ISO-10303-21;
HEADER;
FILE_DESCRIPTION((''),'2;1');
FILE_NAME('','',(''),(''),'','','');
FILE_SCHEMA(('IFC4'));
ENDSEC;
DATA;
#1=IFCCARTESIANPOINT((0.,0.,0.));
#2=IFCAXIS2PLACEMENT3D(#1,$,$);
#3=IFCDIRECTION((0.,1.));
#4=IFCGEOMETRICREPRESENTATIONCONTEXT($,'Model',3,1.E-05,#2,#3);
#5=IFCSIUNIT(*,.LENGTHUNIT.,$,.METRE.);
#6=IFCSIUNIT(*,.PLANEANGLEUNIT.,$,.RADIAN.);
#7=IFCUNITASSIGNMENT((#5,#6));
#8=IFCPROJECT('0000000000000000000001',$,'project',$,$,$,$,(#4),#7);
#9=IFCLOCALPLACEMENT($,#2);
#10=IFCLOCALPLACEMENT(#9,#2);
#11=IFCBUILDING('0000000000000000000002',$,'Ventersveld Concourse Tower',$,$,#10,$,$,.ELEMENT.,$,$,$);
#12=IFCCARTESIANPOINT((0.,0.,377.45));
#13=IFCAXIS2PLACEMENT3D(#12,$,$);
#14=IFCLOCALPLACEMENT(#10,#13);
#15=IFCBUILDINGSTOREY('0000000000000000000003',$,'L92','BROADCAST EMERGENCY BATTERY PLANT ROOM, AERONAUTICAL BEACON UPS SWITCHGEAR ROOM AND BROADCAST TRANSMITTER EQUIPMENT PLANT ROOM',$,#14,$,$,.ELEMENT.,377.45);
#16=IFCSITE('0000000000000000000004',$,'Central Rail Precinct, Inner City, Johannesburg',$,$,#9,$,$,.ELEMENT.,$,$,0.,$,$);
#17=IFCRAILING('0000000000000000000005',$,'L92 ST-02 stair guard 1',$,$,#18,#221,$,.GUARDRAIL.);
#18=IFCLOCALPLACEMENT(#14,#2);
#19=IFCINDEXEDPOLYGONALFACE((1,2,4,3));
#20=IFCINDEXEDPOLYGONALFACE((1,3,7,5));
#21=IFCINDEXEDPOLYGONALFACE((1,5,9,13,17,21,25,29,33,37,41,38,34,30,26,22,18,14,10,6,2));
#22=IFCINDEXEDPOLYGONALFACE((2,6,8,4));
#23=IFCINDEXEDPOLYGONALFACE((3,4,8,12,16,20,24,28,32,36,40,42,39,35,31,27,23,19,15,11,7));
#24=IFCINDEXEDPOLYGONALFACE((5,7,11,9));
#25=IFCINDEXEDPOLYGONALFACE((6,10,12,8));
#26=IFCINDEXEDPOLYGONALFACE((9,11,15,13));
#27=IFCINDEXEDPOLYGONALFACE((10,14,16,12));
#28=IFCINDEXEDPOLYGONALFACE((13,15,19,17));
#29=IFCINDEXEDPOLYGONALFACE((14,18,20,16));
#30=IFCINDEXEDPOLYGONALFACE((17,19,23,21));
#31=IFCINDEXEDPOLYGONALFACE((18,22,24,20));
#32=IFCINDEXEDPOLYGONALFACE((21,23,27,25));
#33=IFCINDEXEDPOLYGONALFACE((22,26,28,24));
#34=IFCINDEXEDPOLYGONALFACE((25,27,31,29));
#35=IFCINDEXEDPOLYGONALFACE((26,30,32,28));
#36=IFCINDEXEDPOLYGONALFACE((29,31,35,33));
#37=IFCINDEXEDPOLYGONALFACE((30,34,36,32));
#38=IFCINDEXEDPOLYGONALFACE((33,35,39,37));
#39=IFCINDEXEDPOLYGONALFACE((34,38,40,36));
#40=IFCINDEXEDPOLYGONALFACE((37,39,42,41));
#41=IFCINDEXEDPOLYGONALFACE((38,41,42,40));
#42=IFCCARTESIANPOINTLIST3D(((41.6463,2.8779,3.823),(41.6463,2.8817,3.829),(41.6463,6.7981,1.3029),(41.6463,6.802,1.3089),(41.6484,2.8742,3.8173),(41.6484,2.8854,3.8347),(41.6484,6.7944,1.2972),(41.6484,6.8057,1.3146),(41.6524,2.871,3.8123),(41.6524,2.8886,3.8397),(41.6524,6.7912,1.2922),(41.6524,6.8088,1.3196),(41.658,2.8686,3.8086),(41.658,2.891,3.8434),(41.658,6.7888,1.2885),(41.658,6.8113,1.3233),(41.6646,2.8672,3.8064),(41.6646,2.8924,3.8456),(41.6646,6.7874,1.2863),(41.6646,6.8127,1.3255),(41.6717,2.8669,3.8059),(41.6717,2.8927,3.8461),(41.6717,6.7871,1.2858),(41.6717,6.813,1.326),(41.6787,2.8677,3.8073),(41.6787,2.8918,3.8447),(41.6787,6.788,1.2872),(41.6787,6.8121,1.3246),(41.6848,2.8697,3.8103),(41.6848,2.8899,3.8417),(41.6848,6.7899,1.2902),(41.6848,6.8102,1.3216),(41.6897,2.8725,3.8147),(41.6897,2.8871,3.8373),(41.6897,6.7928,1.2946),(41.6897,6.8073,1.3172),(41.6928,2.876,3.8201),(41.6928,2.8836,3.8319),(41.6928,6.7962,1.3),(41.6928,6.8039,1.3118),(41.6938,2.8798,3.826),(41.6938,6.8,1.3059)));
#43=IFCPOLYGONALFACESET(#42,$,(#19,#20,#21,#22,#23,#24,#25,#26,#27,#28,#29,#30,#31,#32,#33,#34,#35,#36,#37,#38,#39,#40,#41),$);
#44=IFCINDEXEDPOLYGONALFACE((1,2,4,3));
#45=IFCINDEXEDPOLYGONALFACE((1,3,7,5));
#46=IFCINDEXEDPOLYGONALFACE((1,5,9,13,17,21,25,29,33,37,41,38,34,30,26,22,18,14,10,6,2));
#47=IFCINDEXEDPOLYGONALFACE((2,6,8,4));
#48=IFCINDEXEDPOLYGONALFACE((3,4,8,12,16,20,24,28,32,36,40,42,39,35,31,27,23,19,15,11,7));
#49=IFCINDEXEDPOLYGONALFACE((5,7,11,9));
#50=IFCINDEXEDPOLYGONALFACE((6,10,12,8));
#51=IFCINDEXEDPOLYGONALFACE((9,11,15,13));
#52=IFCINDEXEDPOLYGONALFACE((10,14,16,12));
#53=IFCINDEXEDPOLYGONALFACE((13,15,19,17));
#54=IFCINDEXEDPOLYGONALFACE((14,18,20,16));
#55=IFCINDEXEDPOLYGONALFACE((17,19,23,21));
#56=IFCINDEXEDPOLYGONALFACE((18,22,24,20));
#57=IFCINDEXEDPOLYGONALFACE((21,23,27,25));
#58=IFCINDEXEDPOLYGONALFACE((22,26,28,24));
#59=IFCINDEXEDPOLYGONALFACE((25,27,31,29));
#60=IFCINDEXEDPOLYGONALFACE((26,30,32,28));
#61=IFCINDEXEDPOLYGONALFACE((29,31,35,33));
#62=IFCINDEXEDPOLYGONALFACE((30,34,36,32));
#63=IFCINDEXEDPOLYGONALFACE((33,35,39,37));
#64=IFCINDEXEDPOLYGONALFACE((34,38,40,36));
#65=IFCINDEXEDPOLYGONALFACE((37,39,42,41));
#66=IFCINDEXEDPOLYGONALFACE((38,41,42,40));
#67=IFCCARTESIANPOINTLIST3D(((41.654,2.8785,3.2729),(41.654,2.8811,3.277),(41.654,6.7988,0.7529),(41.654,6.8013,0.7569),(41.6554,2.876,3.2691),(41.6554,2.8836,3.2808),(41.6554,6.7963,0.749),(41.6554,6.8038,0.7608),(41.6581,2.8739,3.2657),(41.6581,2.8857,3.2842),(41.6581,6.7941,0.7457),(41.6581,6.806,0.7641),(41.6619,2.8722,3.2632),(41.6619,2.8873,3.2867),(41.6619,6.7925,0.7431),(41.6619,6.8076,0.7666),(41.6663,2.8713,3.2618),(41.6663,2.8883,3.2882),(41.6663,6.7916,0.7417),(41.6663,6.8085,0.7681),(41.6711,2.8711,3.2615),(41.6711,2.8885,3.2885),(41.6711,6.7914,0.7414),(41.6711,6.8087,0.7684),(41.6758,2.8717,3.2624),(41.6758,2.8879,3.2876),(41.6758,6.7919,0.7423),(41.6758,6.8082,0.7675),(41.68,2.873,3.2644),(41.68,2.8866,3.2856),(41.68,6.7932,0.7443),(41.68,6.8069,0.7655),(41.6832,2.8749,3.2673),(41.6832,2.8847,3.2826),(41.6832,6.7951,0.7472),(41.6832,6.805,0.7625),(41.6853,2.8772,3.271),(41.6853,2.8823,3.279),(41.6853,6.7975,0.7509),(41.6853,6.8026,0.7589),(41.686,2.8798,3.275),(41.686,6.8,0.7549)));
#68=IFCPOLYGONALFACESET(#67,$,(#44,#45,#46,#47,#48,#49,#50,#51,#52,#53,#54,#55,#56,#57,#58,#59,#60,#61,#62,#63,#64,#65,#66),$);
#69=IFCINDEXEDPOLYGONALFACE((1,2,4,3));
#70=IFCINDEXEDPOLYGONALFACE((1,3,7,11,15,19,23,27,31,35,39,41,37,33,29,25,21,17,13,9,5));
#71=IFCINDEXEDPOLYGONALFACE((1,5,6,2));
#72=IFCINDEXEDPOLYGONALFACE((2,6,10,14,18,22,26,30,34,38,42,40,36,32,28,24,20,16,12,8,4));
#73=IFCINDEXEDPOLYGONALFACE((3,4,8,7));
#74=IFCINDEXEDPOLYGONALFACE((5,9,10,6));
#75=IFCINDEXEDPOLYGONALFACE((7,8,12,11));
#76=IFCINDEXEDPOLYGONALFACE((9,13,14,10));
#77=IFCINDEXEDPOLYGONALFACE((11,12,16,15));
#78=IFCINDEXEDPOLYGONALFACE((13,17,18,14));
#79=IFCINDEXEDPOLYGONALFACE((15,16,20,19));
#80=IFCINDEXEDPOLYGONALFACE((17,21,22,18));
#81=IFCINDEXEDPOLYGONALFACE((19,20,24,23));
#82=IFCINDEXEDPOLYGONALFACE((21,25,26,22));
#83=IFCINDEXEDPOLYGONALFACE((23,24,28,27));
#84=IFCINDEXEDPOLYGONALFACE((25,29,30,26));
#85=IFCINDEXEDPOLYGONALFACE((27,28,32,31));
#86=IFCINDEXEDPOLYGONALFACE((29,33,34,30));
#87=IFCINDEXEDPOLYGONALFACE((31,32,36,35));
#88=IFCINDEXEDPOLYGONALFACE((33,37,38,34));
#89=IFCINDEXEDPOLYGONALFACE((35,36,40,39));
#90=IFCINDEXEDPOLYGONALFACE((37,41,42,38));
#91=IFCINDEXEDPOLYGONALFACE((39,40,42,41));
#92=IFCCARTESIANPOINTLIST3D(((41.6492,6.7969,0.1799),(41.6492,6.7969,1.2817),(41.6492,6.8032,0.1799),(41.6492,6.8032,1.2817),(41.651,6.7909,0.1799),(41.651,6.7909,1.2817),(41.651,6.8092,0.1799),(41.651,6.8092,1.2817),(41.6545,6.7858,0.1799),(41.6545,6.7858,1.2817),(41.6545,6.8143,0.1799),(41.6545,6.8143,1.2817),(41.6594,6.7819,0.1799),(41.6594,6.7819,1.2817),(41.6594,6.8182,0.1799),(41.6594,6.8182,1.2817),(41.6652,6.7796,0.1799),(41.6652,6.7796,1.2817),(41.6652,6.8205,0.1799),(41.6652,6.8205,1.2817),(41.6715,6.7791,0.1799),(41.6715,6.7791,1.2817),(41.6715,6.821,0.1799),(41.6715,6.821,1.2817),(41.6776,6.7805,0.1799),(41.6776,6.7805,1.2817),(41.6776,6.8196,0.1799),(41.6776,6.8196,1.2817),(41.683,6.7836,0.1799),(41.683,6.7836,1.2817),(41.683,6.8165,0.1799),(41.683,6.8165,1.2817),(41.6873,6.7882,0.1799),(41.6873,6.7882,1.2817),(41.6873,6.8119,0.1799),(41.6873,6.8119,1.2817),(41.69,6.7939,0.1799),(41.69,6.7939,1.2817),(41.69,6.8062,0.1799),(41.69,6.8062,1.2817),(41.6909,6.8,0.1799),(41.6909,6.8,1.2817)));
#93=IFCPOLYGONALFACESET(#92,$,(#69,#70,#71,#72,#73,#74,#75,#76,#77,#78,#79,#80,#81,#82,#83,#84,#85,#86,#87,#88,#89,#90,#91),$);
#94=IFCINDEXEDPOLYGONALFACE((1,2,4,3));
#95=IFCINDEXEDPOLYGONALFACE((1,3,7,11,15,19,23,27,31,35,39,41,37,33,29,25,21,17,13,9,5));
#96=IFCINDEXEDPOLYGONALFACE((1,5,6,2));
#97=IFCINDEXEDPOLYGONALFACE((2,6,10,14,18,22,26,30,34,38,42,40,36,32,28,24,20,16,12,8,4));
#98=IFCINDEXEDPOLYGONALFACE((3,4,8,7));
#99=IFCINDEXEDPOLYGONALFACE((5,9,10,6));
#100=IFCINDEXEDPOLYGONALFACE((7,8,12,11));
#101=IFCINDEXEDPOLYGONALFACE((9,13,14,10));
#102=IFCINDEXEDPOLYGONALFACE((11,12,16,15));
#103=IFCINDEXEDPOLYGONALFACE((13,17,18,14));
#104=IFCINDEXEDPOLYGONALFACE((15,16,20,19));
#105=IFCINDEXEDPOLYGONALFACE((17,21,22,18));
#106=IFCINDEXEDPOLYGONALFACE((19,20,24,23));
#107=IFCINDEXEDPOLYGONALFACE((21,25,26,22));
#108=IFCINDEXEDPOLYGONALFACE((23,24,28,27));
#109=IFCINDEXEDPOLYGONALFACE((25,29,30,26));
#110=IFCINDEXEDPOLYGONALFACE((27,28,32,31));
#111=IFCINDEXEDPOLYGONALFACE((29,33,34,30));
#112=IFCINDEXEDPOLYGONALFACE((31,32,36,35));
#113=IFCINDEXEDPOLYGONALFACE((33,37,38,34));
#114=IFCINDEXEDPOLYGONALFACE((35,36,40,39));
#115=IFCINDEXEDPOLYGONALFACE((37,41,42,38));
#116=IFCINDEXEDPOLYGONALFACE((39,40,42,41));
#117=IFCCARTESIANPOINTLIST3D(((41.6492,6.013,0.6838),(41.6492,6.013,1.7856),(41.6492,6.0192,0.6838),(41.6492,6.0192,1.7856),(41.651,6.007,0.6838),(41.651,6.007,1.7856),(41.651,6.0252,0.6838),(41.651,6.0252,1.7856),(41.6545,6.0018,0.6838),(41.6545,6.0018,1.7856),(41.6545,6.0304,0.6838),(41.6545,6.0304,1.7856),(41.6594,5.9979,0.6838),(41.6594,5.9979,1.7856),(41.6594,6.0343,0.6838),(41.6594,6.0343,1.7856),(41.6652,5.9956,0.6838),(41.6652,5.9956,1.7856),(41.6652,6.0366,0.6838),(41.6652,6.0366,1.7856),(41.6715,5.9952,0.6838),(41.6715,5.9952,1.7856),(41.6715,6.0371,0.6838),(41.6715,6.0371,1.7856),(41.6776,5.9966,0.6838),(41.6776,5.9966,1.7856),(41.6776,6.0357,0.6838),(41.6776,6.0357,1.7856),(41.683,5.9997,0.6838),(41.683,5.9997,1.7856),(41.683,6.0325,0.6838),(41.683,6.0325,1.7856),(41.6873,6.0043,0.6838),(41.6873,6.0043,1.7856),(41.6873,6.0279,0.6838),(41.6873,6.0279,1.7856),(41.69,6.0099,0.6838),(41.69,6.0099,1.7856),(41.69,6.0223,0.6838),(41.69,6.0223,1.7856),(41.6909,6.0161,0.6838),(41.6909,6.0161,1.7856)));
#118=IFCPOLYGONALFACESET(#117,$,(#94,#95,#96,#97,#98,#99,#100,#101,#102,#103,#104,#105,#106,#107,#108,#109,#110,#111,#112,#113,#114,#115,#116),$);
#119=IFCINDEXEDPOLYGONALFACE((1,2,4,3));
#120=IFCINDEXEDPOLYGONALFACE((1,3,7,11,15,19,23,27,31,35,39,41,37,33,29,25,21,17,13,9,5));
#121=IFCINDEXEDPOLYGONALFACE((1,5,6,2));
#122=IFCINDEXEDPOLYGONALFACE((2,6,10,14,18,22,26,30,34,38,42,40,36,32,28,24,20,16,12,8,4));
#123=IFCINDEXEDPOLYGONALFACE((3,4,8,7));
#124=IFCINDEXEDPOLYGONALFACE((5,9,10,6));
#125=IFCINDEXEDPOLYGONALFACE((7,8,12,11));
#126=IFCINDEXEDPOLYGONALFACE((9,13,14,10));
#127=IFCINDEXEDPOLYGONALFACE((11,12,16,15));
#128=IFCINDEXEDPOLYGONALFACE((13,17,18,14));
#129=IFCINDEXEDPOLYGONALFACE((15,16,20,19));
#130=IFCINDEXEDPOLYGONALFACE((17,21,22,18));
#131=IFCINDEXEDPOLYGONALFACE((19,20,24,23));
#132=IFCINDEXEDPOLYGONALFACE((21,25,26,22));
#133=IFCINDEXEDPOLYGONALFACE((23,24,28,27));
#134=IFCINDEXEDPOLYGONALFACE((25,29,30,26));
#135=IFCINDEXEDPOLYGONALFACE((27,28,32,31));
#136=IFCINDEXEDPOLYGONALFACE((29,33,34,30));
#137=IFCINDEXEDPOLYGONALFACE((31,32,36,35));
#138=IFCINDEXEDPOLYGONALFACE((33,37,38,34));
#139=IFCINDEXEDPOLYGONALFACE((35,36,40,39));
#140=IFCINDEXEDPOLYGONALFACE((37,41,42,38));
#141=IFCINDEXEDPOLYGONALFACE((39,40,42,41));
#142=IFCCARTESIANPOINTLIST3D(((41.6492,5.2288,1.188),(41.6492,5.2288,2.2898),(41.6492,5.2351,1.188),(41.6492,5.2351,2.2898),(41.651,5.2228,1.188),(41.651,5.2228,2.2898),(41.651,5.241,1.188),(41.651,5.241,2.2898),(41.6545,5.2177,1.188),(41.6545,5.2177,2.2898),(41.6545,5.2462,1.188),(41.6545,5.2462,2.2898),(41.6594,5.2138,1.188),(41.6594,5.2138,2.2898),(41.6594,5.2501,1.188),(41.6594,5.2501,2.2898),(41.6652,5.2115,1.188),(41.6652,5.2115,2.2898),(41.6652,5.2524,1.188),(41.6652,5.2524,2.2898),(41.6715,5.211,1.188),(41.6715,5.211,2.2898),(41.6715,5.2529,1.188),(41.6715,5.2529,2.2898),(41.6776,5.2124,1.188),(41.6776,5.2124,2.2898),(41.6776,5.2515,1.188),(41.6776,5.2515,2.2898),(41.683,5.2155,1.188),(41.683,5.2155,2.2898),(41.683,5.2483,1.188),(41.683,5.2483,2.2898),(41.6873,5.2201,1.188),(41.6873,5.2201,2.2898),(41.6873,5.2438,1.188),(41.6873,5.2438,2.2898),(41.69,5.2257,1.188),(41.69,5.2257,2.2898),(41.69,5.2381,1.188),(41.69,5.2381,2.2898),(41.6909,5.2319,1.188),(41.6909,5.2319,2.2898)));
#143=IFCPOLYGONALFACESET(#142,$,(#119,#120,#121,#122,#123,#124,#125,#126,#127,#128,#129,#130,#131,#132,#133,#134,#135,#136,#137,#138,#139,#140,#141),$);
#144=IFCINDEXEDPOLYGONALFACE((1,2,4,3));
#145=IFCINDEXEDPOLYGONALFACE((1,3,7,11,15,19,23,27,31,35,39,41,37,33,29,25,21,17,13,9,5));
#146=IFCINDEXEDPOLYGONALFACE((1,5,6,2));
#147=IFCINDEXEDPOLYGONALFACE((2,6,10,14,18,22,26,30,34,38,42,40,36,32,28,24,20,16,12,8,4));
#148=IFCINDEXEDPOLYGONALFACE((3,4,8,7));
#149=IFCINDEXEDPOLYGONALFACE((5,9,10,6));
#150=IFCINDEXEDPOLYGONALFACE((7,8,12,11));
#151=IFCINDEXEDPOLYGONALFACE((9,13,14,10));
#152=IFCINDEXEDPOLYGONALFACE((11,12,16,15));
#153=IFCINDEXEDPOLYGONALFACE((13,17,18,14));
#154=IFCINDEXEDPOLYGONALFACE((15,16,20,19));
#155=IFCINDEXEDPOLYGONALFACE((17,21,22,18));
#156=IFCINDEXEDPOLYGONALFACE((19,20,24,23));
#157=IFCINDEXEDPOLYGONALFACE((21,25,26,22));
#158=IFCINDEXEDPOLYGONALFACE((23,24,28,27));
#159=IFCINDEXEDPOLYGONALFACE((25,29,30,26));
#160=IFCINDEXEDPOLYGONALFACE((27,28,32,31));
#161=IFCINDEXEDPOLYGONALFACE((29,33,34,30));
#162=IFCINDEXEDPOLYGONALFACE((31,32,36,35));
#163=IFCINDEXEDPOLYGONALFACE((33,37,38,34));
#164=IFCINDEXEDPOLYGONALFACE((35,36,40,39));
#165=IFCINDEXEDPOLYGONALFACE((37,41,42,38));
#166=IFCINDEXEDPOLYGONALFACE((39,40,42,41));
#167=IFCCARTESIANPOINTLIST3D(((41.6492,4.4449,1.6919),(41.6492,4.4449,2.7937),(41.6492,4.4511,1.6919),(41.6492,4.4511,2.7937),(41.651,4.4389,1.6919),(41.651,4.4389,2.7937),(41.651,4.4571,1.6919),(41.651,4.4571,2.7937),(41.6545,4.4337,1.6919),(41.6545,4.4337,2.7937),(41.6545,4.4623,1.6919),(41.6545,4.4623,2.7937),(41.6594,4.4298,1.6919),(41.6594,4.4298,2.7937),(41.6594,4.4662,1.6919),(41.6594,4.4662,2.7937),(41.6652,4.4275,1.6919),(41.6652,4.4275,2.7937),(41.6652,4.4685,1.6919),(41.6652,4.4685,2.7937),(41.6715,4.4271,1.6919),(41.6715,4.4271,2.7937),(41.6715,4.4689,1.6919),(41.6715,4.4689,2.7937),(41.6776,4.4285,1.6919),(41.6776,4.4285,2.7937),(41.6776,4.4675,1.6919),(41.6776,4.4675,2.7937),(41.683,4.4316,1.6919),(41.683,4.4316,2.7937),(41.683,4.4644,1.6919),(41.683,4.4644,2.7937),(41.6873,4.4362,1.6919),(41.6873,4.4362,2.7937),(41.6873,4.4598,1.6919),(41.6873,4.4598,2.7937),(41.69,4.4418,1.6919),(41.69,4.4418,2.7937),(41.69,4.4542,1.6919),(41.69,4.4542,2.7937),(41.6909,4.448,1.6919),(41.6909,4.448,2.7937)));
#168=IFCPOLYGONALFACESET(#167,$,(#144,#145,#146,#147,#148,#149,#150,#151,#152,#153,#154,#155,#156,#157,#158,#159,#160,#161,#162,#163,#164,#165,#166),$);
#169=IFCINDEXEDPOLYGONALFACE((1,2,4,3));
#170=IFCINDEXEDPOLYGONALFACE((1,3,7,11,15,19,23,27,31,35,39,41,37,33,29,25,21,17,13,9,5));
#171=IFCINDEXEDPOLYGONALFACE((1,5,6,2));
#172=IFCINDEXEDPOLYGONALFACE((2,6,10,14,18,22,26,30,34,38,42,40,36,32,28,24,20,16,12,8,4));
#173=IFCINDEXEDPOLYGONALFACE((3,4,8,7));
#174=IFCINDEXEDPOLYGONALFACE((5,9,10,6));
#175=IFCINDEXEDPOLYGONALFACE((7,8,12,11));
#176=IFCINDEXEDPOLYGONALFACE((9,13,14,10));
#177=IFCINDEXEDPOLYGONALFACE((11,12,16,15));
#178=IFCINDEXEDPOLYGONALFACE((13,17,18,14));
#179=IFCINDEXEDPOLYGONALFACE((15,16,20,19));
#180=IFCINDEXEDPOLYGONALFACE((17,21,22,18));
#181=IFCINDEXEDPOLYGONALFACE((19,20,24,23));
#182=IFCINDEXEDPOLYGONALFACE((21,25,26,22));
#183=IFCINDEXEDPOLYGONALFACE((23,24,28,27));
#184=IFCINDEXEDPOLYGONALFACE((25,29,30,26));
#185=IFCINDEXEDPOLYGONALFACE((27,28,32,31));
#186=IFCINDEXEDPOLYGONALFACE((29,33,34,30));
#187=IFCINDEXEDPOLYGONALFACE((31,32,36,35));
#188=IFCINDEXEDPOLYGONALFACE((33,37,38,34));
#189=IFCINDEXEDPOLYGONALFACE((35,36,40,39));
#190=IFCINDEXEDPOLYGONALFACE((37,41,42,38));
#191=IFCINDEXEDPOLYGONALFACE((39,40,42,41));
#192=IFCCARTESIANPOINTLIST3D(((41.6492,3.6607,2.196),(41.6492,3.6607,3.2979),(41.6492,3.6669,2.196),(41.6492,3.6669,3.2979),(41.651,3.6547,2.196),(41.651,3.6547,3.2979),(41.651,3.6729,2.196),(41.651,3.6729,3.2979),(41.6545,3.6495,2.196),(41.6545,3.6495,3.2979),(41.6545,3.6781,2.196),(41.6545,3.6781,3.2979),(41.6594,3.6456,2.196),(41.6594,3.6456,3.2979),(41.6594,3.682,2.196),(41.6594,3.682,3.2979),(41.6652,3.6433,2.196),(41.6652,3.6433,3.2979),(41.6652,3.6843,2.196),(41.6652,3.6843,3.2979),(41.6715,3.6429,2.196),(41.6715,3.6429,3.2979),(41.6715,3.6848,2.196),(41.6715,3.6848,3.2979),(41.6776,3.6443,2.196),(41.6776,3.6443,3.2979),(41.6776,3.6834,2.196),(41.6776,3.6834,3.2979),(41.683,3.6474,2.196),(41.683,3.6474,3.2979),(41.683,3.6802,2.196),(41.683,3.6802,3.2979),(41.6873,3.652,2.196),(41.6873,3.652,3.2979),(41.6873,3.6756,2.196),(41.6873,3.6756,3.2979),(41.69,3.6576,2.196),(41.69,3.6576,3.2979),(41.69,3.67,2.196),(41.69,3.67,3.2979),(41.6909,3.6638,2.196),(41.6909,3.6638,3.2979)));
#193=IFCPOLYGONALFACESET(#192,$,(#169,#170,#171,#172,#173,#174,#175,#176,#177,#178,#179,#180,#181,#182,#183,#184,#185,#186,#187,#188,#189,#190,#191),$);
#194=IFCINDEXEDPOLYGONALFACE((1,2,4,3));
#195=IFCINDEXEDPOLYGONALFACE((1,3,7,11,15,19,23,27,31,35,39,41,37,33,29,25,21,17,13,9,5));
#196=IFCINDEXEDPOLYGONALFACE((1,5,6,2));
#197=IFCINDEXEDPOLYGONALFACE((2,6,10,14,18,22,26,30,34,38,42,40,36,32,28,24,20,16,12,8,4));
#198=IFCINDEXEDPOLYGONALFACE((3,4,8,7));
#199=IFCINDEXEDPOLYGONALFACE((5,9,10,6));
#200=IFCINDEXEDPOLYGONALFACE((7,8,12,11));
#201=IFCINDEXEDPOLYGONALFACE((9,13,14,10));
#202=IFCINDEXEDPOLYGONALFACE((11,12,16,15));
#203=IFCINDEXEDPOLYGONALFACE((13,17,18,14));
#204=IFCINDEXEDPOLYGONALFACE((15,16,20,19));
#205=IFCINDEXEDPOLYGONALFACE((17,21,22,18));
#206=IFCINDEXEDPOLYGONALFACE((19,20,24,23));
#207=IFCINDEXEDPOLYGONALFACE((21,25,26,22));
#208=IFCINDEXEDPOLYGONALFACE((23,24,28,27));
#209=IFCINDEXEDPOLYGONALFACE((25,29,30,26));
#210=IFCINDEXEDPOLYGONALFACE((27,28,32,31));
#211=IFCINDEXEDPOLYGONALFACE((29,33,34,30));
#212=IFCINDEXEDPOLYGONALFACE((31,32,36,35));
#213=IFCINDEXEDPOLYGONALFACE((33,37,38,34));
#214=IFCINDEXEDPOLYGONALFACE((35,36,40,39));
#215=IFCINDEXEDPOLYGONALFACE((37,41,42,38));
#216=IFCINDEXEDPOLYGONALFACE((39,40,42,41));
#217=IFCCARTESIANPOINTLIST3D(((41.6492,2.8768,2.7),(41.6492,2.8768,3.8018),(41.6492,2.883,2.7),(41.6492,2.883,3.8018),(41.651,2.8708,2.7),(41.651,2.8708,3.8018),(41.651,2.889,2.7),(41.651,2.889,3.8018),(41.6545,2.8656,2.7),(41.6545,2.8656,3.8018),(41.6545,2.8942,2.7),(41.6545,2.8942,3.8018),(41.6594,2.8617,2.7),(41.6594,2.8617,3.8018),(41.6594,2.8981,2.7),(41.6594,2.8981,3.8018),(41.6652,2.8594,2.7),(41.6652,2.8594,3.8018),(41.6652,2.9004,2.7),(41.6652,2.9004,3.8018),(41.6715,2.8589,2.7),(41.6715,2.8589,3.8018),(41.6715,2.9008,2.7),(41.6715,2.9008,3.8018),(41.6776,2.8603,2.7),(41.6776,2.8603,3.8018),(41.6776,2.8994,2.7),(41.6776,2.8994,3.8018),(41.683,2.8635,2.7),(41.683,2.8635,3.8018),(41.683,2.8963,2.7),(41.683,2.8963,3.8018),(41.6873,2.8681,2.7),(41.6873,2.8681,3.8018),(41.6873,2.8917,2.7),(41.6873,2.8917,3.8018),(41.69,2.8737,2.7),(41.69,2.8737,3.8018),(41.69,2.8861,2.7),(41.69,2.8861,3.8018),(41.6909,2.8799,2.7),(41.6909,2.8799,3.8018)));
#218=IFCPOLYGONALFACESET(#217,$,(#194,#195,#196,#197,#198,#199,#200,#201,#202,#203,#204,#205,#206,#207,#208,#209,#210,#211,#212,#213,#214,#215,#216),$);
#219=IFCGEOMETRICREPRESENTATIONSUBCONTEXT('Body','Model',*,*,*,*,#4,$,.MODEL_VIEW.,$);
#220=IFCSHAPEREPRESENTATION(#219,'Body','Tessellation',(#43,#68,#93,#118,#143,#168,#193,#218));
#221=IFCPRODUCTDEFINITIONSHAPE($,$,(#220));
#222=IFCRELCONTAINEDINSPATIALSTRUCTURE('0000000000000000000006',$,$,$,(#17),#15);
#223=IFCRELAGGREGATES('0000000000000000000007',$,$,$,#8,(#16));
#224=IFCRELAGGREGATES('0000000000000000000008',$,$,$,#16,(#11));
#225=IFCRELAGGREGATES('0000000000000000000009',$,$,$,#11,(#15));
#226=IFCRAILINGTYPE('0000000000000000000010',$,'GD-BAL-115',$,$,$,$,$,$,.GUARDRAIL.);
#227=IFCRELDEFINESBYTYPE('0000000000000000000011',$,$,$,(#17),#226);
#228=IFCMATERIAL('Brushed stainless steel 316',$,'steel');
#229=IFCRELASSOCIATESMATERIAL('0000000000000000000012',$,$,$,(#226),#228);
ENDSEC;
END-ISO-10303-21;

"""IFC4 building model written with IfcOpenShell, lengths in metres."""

from ifc_helpers import new_model, si_unit, direction, frame, origin, origin_2d, place, context, subcontext, project, spatial, circle, extrude, material, type_object, element, save


model = new_model("IFC4")

# Units and contexts
model_context = context("Model", 3, precision=1e-05, world=origin(), true_north=direction((0.0, 1.0)))
body_context = subcontext(model_context, "Body", "Model", "MODEL_VIEW")
ifc_project = project(units=[si_unit("LENGTHUNIT", "METRE"), si_unit("PLANEANGLEUNIT", "RADIAN")], contexts=[model_context])

# Site, building, storey
site_placement = place(None, origin())
site = spatial("IfcSite", under=ifc_project, at=site_placement, Name="Central Rail Precinct, Inner City, Johannesburg", CompositionType="ELEMENT", RefElevation=0.0)
building_placement = place(site_placement, origin())
building = spatial("IfcBuilding", under=site, at=building_placement, Name="Ventersveld Concourse Tower", CompositionType="ELEMENT")
storey_placement = place(building_placement, frame((0.0, 0.0, 377.45)))
storey = spatial("IfcBuildingStorey", under=building, at=storey_placement, Name="L92", Description="BROADCAST EMERGENCY BATTERY PLANT ROOM, AERONAUTICAL BEACON UPS SWITCHGEAR ROOM AND BROADCAST TRANSMITTER EQUIPMENT PLANT ROOM", CompositionType="ELEMENT", Elevation=377.45)

# Railing
ifc_material_1 = material(Name="Brushed stainless steel 316", Category="steel")
railing_type_1 = type_object("IfcRailingType", Name="GD-BAL-115", PredefinedType="GUARDRAIL", material=ifc_material_1)
railing_1_placement = place(storey_placement, frame((41.6699, 6.8, 0.1799)))
element("IfcRailing", 1, at=railing_1_placement, inside=storey, type_object=railing_type_1, Name="L92 ST-02 stair guard 1", PredefinedType="GUARDRAIL", context=body_context, shape_type="SweptSolid", body=[
    extrude(circle(Radius=0.0239, at=origin_2d()), frame((0.0, 0.0, 1.126), z_axis=(0.0, -0.841187, 0.540744), x_axis=(1.0, 0.0, 0.0)), (0.0, 0.0, 1.0), 4.6604),
    extrude(circle(Radius=0.0161, at=origin_2d()), frame((0.0, 0.0, 0.575), z_axis=(0.0, -0.841187, 0.540744), x_axis=(1.0, 0.0, 0.0)), (0.0, 0.0, 1.0), 4.6604),
    extrude(circle(Radius=0.021, at=origin_2d()), origin(), (0.0, 0.0, 1.0), 1.1018),
    extrude(circle(Radius=0.021, at=origin_2d()), frame((0.0, -0.7839, 0.5039)), (0.0, 0.0, 1.0), 1.1018),
    extrude(circle(Radius=0.021, at=origin_2d()), frame((0.0, -1.5681, 1.0081)), (0.0, 0.0, 1.0), 1.1018),
    extrude(circle(Radius=0.021, at=origin_2d()), frame((0.0, -2.3521, 1.512)), (0.0, 0.0, 1.0), 1.1018),
    extrude(circle(Radius=0.021, at=origin_2d()), frame((0.0, -3.1362, 2.0161)), (0.0, 0.0, 1.0), 1.1018),
    extrude(circle(Radius=0.021, at=origin_2d()), frame((0.0, -3.9202, 2.52)), (0.0, 0.0, 1.0), 1.1018),
])

save(model, "model.ifc")
